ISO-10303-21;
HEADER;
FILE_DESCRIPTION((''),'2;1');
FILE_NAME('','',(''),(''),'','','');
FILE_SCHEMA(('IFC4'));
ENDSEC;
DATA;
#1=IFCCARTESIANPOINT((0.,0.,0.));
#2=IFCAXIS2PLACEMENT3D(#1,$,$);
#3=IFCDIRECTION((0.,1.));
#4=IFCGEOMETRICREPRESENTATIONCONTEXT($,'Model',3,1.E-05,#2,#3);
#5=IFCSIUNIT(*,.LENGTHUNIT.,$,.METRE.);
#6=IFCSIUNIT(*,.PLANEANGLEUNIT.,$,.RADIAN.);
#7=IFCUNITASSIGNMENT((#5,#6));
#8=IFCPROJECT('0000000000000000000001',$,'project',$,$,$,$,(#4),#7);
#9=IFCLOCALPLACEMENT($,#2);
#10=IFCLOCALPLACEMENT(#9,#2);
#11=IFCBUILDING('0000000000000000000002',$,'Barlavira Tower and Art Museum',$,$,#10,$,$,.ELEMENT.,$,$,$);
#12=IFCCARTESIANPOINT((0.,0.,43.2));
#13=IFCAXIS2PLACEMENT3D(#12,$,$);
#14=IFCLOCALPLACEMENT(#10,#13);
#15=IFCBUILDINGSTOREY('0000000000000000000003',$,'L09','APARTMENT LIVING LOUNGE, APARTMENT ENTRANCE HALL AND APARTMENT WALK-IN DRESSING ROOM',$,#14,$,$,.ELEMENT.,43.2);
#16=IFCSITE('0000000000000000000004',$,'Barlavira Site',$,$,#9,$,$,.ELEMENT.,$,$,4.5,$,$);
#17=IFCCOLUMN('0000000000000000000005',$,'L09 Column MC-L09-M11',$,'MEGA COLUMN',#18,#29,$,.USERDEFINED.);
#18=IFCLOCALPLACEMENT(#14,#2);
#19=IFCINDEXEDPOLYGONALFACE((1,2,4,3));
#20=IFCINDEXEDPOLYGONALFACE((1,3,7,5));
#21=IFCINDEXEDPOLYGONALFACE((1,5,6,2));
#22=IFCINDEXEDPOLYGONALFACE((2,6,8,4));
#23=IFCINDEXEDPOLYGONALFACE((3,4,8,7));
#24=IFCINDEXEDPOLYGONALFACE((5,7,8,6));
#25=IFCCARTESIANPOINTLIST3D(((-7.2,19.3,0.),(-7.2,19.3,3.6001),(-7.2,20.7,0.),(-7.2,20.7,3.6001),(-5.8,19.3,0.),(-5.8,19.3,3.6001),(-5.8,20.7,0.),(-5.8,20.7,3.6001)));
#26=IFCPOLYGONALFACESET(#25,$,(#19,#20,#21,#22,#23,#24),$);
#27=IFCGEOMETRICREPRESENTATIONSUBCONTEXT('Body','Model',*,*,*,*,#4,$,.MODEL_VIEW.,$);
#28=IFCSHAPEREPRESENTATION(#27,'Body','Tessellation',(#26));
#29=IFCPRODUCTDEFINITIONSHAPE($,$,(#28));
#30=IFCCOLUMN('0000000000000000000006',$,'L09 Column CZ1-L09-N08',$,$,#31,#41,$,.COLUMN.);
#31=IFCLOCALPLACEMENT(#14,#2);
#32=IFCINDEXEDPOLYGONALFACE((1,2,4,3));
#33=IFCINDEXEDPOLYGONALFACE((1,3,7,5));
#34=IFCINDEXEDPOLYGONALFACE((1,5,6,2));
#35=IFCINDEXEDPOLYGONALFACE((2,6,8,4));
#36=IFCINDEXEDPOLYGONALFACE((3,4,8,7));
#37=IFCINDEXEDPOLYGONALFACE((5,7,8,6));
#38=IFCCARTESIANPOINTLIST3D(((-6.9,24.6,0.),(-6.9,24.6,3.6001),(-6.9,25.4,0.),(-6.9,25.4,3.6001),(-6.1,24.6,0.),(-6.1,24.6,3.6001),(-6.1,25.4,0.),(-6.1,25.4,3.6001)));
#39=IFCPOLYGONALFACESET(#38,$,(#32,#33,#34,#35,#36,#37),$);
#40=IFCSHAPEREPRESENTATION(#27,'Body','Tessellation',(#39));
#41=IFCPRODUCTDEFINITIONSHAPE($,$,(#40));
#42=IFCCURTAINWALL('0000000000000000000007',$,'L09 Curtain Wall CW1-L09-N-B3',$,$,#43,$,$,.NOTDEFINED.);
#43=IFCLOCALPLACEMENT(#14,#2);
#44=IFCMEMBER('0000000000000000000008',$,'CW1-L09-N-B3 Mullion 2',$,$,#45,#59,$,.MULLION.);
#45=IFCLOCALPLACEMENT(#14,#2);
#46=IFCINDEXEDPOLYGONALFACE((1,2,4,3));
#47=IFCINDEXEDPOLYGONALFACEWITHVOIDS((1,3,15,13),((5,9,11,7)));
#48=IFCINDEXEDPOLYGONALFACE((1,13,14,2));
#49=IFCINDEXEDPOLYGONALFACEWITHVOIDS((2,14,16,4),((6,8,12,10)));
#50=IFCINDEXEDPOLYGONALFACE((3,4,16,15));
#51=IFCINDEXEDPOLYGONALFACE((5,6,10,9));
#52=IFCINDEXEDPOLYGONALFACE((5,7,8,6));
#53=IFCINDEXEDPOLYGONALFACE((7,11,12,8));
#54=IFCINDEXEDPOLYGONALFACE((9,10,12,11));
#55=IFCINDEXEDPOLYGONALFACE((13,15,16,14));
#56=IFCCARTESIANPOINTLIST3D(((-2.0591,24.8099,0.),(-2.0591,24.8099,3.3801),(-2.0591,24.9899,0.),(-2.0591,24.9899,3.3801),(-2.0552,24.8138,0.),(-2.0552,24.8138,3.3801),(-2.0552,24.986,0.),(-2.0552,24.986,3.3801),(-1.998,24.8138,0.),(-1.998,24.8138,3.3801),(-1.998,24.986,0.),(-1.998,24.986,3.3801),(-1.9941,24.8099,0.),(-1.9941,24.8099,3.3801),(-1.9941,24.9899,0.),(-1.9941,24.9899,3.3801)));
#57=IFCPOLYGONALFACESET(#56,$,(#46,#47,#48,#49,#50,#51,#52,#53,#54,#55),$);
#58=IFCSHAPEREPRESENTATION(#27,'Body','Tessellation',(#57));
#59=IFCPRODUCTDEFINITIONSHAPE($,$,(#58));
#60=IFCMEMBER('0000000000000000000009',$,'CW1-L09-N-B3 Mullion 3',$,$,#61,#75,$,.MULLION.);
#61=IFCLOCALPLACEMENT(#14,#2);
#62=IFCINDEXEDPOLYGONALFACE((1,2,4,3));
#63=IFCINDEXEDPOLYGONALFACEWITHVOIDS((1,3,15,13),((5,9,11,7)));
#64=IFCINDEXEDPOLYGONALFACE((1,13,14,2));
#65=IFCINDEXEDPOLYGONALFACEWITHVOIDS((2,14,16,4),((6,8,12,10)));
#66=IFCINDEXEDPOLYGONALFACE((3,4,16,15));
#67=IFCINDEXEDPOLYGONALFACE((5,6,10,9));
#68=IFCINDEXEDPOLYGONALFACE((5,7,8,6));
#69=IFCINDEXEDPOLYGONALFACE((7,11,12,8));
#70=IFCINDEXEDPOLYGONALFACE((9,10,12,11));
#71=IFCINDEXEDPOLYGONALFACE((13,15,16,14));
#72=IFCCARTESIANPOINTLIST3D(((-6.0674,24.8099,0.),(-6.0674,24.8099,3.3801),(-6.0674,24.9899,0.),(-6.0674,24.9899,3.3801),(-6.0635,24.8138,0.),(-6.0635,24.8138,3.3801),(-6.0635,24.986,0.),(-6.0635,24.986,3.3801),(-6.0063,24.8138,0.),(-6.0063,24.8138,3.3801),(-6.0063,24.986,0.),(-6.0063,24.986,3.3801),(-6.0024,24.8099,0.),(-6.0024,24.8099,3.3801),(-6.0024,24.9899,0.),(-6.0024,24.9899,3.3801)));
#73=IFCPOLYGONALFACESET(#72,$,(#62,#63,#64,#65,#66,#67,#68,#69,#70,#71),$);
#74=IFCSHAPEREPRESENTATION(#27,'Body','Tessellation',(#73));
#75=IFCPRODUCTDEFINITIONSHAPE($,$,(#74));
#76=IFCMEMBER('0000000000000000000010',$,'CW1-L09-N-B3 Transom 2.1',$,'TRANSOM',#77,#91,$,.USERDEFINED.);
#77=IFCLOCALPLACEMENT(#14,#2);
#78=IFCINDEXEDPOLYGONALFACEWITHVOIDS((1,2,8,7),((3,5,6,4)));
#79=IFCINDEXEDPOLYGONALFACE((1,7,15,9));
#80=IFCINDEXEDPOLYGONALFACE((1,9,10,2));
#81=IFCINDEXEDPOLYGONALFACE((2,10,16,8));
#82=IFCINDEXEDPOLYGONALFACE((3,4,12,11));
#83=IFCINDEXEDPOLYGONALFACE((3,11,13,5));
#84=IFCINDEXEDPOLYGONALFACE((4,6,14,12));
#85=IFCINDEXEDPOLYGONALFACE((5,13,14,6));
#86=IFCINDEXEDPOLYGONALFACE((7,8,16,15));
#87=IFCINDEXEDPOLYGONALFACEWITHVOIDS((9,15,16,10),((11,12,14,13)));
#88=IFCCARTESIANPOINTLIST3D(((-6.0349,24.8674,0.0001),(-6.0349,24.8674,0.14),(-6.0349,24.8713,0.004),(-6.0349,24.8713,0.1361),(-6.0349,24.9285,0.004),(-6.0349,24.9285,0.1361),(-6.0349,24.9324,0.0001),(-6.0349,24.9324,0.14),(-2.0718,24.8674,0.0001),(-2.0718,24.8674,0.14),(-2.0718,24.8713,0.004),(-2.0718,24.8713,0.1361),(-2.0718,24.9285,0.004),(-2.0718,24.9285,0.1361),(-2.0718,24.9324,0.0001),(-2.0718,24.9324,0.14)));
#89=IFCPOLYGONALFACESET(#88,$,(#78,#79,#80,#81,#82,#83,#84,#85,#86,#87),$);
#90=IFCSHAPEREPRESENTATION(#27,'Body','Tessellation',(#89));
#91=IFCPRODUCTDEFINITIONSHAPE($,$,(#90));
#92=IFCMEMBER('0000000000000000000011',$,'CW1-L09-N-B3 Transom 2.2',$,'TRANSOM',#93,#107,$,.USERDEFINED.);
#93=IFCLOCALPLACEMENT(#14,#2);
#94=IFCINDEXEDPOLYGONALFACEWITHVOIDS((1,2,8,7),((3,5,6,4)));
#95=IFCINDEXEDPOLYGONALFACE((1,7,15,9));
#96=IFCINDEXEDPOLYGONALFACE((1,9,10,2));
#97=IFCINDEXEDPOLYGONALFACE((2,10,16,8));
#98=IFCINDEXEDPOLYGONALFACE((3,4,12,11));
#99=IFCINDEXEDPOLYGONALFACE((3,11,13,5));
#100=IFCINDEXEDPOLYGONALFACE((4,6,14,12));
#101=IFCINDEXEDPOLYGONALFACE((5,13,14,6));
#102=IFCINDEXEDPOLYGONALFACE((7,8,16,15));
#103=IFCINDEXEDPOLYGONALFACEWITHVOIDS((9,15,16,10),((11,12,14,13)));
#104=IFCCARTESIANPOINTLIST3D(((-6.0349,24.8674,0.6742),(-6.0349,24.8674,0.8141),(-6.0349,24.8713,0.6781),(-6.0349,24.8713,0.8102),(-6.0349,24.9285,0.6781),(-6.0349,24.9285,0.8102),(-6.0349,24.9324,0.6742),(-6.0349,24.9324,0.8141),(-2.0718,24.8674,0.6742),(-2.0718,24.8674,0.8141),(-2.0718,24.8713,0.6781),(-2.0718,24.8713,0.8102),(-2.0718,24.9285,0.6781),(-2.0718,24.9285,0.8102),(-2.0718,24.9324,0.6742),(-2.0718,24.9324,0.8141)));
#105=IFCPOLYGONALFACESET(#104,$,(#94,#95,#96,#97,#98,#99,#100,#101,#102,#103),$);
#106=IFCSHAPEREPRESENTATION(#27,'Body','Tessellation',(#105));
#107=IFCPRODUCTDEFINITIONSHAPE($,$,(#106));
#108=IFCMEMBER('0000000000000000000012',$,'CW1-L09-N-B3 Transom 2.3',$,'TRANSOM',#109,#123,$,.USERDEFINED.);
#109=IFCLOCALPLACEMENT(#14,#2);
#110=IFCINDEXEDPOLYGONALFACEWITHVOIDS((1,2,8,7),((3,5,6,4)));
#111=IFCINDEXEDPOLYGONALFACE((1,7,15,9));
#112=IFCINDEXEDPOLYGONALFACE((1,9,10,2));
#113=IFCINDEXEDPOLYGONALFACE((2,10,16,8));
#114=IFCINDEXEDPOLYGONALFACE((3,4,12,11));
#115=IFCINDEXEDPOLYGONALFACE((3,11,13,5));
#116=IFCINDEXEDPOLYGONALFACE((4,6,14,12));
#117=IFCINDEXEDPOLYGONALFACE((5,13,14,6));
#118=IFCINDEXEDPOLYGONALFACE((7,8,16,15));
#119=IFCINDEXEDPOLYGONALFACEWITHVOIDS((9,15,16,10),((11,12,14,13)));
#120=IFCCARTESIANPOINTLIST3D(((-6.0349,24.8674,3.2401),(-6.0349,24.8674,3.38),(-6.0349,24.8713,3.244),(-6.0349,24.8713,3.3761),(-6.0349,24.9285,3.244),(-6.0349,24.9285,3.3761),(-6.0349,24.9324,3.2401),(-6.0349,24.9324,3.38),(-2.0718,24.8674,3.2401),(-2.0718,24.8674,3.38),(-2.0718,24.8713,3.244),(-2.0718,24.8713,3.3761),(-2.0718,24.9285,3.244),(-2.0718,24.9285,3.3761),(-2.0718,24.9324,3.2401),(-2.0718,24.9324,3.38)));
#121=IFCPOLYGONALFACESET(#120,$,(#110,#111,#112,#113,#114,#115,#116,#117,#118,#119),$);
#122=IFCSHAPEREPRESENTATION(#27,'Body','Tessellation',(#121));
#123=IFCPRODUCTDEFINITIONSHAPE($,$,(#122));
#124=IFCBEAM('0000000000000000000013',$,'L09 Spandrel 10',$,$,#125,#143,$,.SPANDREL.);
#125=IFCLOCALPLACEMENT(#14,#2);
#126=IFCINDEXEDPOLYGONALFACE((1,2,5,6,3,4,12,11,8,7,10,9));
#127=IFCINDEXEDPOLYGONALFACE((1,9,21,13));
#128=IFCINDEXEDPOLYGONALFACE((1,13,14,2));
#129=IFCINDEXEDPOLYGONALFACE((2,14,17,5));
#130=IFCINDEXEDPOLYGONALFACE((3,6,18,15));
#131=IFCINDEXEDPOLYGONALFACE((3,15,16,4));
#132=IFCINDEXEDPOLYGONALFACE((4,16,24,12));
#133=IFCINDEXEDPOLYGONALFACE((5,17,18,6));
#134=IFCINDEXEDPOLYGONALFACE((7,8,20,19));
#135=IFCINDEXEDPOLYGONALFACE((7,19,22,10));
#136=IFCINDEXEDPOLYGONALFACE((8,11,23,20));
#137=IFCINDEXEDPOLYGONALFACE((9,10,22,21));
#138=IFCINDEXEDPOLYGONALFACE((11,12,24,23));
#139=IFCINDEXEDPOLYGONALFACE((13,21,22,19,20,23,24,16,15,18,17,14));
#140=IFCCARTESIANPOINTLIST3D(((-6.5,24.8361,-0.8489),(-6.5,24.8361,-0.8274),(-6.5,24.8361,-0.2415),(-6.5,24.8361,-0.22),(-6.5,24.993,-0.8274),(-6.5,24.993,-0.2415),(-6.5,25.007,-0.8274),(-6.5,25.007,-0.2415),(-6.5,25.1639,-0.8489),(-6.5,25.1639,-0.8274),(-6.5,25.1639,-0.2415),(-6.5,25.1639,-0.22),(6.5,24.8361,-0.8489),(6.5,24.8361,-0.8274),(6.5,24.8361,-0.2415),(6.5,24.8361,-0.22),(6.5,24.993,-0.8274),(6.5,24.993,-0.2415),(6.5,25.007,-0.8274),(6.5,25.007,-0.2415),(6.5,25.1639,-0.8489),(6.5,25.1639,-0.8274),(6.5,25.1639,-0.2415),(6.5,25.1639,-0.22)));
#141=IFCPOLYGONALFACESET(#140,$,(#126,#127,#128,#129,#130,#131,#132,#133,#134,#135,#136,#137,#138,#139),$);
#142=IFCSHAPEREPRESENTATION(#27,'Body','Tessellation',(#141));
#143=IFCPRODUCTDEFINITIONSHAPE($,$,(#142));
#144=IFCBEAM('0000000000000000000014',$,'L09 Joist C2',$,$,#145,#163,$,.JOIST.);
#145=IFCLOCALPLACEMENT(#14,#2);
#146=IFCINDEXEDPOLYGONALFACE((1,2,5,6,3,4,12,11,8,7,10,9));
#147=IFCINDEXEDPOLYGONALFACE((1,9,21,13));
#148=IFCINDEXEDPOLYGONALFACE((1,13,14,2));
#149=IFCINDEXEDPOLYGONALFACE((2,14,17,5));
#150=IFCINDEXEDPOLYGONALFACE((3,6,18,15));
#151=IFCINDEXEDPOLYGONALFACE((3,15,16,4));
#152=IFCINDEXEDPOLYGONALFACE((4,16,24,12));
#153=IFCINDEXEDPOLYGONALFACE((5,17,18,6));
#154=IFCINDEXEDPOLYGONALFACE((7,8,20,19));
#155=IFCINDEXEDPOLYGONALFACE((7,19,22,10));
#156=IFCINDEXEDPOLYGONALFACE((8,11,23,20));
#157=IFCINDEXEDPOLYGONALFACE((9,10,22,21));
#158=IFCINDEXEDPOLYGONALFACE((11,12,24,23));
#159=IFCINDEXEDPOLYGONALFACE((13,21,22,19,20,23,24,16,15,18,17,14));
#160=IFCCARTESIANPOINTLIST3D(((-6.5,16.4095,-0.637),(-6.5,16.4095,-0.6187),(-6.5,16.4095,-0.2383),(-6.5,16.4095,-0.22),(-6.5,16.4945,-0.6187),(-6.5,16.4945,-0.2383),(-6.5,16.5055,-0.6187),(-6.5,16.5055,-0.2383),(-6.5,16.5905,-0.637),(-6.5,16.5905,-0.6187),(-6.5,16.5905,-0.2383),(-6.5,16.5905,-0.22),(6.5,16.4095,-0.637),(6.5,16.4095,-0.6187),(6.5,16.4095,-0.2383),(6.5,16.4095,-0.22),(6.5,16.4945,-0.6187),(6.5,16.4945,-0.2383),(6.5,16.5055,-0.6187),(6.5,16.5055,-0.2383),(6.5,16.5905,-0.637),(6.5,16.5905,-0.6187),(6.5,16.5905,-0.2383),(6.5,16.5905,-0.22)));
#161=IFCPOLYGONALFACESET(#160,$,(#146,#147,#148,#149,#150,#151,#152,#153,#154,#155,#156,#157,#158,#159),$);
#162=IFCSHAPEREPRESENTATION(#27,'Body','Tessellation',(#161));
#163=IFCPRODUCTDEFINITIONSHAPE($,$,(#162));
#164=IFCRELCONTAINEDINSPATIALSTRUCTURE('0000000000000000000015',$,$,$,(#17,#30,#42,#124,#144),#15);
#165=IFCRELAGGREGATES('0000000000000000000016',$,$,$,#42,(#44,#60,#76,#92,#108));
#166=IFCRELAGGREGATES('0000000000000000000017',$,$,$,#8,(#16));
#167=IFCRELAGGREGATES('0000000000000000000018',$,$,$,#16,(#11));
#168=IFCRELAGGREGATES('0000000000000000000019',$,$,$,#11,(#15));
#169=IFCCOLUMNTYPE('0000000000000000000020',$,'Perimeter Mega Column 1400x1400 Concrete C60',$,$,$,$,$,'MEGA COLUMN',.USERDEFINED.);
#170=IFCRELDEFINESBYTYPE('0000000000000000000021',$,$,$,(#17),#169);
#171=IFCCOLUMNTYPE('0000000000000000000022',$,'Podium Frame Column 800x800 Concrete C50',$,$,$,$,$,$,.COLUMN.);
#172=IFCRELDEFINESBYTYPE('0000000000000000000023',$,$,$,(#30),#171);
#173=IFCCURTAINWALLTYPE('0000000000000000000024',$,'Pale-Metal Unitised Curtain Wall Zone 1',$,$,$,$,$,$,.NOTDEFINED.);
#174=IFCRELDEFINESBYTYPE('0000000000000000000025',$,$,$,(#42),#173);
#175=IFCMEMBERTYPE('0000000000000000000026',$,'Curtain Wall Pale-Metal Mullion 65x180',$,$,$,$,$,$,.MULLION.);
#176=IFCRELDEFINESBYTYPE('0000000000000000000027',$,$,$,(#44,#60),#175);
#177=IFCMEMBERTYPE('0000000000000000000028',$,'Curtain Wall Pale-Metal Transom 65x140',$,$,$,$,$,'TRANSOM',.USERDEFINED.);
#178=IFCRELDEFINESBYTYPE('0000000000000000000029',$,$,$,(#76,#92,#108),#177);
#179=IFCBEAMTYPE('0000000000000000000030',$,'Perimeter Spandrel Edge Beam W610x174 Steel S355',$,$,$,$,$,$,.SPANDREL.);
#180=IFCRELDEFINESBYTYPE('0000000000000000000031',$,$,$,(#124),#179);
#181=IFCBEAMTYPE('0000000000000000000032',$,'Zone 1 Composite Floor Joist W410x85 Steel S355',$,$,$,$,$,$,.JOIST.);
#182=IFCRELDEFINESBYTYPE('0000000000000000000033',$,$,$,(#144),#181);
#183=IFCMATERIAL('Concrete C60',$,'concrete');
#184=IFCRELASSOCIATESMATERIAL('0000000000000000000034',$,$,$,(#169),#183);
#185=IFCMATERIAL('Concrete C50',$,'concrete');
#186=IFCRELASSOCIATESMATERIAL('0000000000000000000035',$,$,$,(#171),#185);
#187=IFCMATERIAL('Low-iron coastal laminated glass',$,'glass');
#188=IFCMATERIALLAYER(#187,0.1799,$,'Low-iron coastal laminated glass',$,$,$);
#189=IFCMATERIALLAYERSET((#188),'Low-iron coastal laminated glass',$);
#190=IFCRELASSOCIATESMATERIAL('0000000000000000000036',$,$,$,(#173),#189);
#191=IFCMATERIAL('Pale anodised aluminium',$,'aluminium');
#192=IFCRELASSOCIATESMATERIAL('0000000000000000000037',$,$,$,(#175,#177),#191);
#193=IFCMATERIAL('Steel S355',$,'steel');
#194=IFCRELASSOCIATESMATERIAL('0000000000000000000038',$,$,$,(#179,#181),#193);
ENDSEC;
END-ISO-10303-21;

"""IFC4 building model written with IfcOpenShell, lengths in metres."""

from ifc_helpers import new_model, si_unit, direction, frame, origin, origin_2d, place, context, subcontext, project, spatial, rectangle, hollow_rectangle, i_section, extrude, material, layer, layer_set, material_profile, profile_set, type_object, element, aggregate, save


model = new_model("IFC4")

# Units and contexts
model_context = context("Model", 3, precision=1e-05, world=origin(), true_north=direction((0.0, 1.0)))
body_context = subcontext(model_context, "Body", "Model", "MODEL_VIEW")
ifc_project = project(units=[si_unit("LENGTHUNIT", "METRE"), si_unit("PLANEANGLEUNIT", "RADIAN")], contexts=[model_context])

# Site, building, storey
site_placement = place(None, origin())
site = spatial("IfcSite", under=ifc_project, at=site_placement, Name="Barlavira Site", CompositionType="ELEMENT", RefElevation=4.5)
building_placement = place(site_placement, origin())
building = spatial("IfcBuilding", under=site, at=building_placement, Name="Barlavira Tower and Art Museum", CompositionType="ELEMENT")
storey_placement = place(building_placement, frame((0.0, 0.0, 43.2)))
storey = spatial("IfcBuildingStorey", under=building, at=storey_placement, Name="L09", Description="APARTMENT LIVING LOUNGE, APARTMENT ENTRANCE HALL AND APARTMENT WALK-IN DRESSING ROOM", CompositionType="ELEMENT", Elevation=43.2)

# Columns
ifc_material_1 = material(Name="Concrete C60", Category="concrete")
ifc_material_profile_1 = material_profile(ifc_material_1, rectangle(XDim=1.3999, YDim=1.3999, at=origin_2d()), Name="RC-MCOL 1400x1400")
ifc_profile_set_1 = profile_set([ifc_material_profile_1], Name="Concrete C60")
column_type_1 = type_object("IfcColumnType", Name="Perimeter Mega Column 1400x1400 Concrete C60", ElementType="MEGA COLUMN", PredefinedType="USERDEFINED", material=ifc_profile_set_1)
column_1_placement = place(storey_placement, frame((-6.5, 20.0, 0.0), z_axis=(0.0, 0.0, 1.0), x_axis=(1.0, 0.0, 0.0)))
element("IfcColumn", 1, at=column_1_placement, inside=storey, type_object=column_type_1, Name="L09 Column MC-L09-M11", ObjectType="MEGA COLUMN", PredefinedType="USERDEFINED", context=body_context, shape_type="SweptSolid", body=[
    extrude(rectangle(XDim=1.3999, YDim=1.3999, at=origin_2d()), origin(), (0.0, 0.0, 1.0), 3.6001),
])
ifc_material_2 = material(Name="Concrete C50", Category="concrete")
ifc_material_profile_2 = material_profile(ifc_material_2, rectangle(XDim=0.8, YDim=0.8, at=origin_2d()), Name="RC-COL 800x800")
ifc_profile_set_2 = profile_set([ifc_material_profile_2], Name="Concrete C50")
column_type_2 = type_object("IfcColumnType", Name="Podium Frame Column 800x800 Concrete C50", PredefinedType="COLUMN", material=ifc_profile_set_2)
column_2_placement = place(storey_placement, frame((-6.5, 25.0, 0.0), z_axis=(0.0, 0.0, 1.0), x_axis=(1.0, 0.0, 0.0)))
element("IfcColumn", 2, at=column_2_placement, inside=storey, type_object=column_type_2, Name="L09 Column CZ1-L09-N08", PredefinedType="COLUMN", context=body_context, shape_type="SweptSolid", body=[
    extrude(rectangle(XDim=0.8, YDim=0.8, at=origin_2d()), origin(), (0.0, 0.0, 1.0), 3.6001),
])

# Curtain wall, members
ifc_material_3 = material(Name="Low-iron coastal laminated glass", Category="glass")
ifc_layer_1 = layer(ifc_material_3, 0.1799, Name="Low-iron coastal laminated glass")
ifc_layer_set_1 = layer_set([ifc_layer_1], Name="Low-iron coastal laminated glass")
curtain_wall_type = type_object("IfcCurtainWallType", Name="Pale-Metal Unitised Curtain Wall Zone 1", PredefinedType="NOTDEFINED", material=ifc_layer_set_1)
curtain_wall_placement = place(storey_placement, origin())
curtain_wall = element("IfcCurtainWall", 3, at=curtain_wall_placement, inside=storey, type_object=curtain_wall_type, Name="L09 Curtain Wall CW1-L09-N-B3", PredefinedType="NOTDEFINED")
ifc_material_4 = material(Name="Pale anodised aluminium", Category="aluminium")
ifc_material_profile_3 = material_profile(ifc_material_4, hollow_rectangle(XDim=0.0649, YDim=0.1799, WallThickness=0.0039, at=origin_2d()), Name="ALU-MULL 65x180x4")
ifc_profile_set_3 = profile_set([ifc_material_profile_3], Name="Pale anodised aluminium")
member_type_1 = type_object("IfcMemberType", Name="Curtain Wall Pale-Metal Mullion 65x180", PredefinedType="MULLION", material=ifc_profile_set_3)
member_1_placement = place(storey_placement, frame((-2.0266, 24.8999, 0.0), z_axis=(0.0, 0.0, 1.0), x_axis=(-1.0, 0.0, 0.0)))
member_1 = element("IfcMember", 4, at=member_1_placement, type_object=member_type_1, Name="CW1-L09-N-B3 Mullion 2", PredefinedType="MULLION", context=body_context, shape_type="SweptSolid", body=[
    extrude(hollow_rectangle(XDim=0.0649, YDim=0.1799, WallThickness=0.0039, at=origin_2d()), origin(), (0.0, 0.0, 1.0), 3.3801),
])
member_2_placement = place(storey_placement, frame((-6.0349, 24.8999, 0.0), z_axis=(0.0, 0.0, 1.0), x_axis=(-1.0, 0.0, 0.0)))
member_2 = element("IfcMember", 5, at=member_2_placement, type_object=member_type_1, Name="CW1-L09-N-B3 Mullion 3", PredefinedType="MULLION", context=body_context, shape_type="SweptSolid", body=[
    extrude(hollow_rectangle(XDim=0.0649, YDim=0.1799, WallThickness=0.0039, at=origin_2d()), origin(), (0.0, 0.0, 1.0), 3.3801),
])
ifc_material_profile_4 = material_profile(ifc_material_4, hollow_rectangle(XDim=0.0649, YDim=0.1399, WallThickness=0.0039, at=origin_2d()), Name="ALU-TRAN 65x140x4")
ifc_profile_set_4 = profile_set([ifc_material_profile_4], Name="Pale anodised aluminium")
member_type_2 = type_object("IfcMemberType", Name="Curtain Wall Pale-Metal Transom 65x140", ElementType="TRANSOM", PredefinedType="USERDEFINED", material=ifc_profile_set_4)
member_3_placement = place(storey_placement, frame((-2.0718, 24.8999, 0.0701), z_axis=(-1.0, 0.0, 0.0), x_axis=(0.0, -1.0, 0.0)))
member_3 = element("IfcMember", 6, at=member_3_placement, type_object=member_type_2, Name="CW1-L09-N-B3 Transom 2.1", ObjectType="TRANSOM", PredefinedType="USERDEFINED", context=body_context, shape_type="SweptSolid", body=[
    extrude(hollow_rectangle(XDim=0.0649, YDim=0.1399, WallThickness=0.0039, at=origin_2d()), origin(), (0.0, 0.0, 1.0), 3.9631),
])
member_4_placement = place(storey_placement, frame((-2.0718, 24.8999, 0.7441), z_axis=(-1.0, 0.0, 0.0), x_axis=(0.0, -1.0, 0.0)))
member_4 = element("IfcMember", 7, at=member_4_placement, type_object=member_type_2, Name="CW1-L09-N-B3 Transom 2.2", ObjectType="TRANSOM", PredefinedType="USERDEFINED", context=body_context, shape_type="SweptSolid", body=[
    extrude(hollow_rectangle(XDim=0.0649, YDim=0.1399, WallThickness=0.0039, at=origin_2d()), origin(), (0.0, 0.0, 1.0), 3.9631),
])
member_5_placement = place(storey_placement, frame((-2.0718, 24.8999, 3.3101), z_axis=(-1.0, 0.0, 0.0), x_axis=(0.0, -1.0, 0.0)))
member_5 = element("IfcMember", 8, at=member_5_placement, type_object=member_type_2, Name="CW1-L09-N-B3 Transom 2.3", ObjectType="TRANSOM", PredefinedType="USERDEFINED", context=body_context, shape_type="SweptSolid", body=[
    extrude(hollow_rectangle(XDim=0.0649, YDim=0.1399, WallThickness=0.0039, at=origin_2d()), origin(), (0.0, 0.0, 1.0), 3.9631),
])

# Beams
ifc_material_5 = material(Name="Steel S355", Category="steel")
ifc_material_profile_5 = material_profile(ifc_material_5, i_section(OverallWidth=0.3279, OverallDepth=0.6289, WebThickness=0.0139, FlangeThickness=0.0215, at=origin_2d()), Name="W610x174.0")
ifc_profile_set_5 = profile_set([ifc_material_profile_5], Name="Steel S355")
beam_type_1 = type_object("IfcBeamType", Name="Perimeter Spandrel Edge Beam W610x174 Steel S355", PredefinedType="SPANDREL", material=ifc_profile_set_5)
beam_1_placement = place(storey_placement, frame((-6.5, 25.0, -0.5344), z_axis=(1.0, 0.0, 0.0), x_axis=(0.0, 1.0, 0.0)))
element("IfcBeam", 9, at=beam_1_placement, inside=storey, type_object=beam_type_1, Name="L09 Spandrel 10", PredefinedType="SPANDREL", context=body_context, shape_type="SweptSolid", body=[
    extrude(i_section(OverallWidth=0.3279, OverallDepth=0.6289, WebThickness=0.0139, FlangeThickness=0.0215, at=origin_2d()), origin(), (0.0, 0.0, 1.0), 13.0),
])
ifc_material_profile_6 = material_profile(ifc_material_5, i_section(OverallWidth=0.1809, OverallDepth=0.417, WebThickness=0.011, FlangeThickness=0.0183, at=origin_2d()), Name="W410x85.0")
ifc_profile_set_6 = profile_set([ifc_material_profile_6], Name="Steel S355")
beam_type_2 = type_object("IfcBeamType", Name="Zone 1 Composite Floor Joist W410x85 Steel S355", PredefinedType="JOIST", material=ifc_profile_set_6)
beam_2_placement = place(storey_placement, frame((-6.5, 16.5, -0.4285), z_axis=(1.0, 0.0, 0.0), x_axis=(0.0, 1.0, 0.0)))
element("IfcBeam", 10, at=beam_2_placement, inside=storey, type_object=beam_type_2, Name="L09 Joist C2", PredefinedType="JOIST", context=body_context, shape_type="SweptSolid", body=[
    extrude(i_section(OverallWidth=0.1809, OverallDepth=0.417, WebThickness=0.011, FlangeThickness=0.0183, at=origin_2d()), origin(), (0.0, 0.0, 1.0), 13.0),
])

aggregate(curtain_wall, [member_1, member_2, member_3, member_4, member_5])

save(model, "model.ifc")
